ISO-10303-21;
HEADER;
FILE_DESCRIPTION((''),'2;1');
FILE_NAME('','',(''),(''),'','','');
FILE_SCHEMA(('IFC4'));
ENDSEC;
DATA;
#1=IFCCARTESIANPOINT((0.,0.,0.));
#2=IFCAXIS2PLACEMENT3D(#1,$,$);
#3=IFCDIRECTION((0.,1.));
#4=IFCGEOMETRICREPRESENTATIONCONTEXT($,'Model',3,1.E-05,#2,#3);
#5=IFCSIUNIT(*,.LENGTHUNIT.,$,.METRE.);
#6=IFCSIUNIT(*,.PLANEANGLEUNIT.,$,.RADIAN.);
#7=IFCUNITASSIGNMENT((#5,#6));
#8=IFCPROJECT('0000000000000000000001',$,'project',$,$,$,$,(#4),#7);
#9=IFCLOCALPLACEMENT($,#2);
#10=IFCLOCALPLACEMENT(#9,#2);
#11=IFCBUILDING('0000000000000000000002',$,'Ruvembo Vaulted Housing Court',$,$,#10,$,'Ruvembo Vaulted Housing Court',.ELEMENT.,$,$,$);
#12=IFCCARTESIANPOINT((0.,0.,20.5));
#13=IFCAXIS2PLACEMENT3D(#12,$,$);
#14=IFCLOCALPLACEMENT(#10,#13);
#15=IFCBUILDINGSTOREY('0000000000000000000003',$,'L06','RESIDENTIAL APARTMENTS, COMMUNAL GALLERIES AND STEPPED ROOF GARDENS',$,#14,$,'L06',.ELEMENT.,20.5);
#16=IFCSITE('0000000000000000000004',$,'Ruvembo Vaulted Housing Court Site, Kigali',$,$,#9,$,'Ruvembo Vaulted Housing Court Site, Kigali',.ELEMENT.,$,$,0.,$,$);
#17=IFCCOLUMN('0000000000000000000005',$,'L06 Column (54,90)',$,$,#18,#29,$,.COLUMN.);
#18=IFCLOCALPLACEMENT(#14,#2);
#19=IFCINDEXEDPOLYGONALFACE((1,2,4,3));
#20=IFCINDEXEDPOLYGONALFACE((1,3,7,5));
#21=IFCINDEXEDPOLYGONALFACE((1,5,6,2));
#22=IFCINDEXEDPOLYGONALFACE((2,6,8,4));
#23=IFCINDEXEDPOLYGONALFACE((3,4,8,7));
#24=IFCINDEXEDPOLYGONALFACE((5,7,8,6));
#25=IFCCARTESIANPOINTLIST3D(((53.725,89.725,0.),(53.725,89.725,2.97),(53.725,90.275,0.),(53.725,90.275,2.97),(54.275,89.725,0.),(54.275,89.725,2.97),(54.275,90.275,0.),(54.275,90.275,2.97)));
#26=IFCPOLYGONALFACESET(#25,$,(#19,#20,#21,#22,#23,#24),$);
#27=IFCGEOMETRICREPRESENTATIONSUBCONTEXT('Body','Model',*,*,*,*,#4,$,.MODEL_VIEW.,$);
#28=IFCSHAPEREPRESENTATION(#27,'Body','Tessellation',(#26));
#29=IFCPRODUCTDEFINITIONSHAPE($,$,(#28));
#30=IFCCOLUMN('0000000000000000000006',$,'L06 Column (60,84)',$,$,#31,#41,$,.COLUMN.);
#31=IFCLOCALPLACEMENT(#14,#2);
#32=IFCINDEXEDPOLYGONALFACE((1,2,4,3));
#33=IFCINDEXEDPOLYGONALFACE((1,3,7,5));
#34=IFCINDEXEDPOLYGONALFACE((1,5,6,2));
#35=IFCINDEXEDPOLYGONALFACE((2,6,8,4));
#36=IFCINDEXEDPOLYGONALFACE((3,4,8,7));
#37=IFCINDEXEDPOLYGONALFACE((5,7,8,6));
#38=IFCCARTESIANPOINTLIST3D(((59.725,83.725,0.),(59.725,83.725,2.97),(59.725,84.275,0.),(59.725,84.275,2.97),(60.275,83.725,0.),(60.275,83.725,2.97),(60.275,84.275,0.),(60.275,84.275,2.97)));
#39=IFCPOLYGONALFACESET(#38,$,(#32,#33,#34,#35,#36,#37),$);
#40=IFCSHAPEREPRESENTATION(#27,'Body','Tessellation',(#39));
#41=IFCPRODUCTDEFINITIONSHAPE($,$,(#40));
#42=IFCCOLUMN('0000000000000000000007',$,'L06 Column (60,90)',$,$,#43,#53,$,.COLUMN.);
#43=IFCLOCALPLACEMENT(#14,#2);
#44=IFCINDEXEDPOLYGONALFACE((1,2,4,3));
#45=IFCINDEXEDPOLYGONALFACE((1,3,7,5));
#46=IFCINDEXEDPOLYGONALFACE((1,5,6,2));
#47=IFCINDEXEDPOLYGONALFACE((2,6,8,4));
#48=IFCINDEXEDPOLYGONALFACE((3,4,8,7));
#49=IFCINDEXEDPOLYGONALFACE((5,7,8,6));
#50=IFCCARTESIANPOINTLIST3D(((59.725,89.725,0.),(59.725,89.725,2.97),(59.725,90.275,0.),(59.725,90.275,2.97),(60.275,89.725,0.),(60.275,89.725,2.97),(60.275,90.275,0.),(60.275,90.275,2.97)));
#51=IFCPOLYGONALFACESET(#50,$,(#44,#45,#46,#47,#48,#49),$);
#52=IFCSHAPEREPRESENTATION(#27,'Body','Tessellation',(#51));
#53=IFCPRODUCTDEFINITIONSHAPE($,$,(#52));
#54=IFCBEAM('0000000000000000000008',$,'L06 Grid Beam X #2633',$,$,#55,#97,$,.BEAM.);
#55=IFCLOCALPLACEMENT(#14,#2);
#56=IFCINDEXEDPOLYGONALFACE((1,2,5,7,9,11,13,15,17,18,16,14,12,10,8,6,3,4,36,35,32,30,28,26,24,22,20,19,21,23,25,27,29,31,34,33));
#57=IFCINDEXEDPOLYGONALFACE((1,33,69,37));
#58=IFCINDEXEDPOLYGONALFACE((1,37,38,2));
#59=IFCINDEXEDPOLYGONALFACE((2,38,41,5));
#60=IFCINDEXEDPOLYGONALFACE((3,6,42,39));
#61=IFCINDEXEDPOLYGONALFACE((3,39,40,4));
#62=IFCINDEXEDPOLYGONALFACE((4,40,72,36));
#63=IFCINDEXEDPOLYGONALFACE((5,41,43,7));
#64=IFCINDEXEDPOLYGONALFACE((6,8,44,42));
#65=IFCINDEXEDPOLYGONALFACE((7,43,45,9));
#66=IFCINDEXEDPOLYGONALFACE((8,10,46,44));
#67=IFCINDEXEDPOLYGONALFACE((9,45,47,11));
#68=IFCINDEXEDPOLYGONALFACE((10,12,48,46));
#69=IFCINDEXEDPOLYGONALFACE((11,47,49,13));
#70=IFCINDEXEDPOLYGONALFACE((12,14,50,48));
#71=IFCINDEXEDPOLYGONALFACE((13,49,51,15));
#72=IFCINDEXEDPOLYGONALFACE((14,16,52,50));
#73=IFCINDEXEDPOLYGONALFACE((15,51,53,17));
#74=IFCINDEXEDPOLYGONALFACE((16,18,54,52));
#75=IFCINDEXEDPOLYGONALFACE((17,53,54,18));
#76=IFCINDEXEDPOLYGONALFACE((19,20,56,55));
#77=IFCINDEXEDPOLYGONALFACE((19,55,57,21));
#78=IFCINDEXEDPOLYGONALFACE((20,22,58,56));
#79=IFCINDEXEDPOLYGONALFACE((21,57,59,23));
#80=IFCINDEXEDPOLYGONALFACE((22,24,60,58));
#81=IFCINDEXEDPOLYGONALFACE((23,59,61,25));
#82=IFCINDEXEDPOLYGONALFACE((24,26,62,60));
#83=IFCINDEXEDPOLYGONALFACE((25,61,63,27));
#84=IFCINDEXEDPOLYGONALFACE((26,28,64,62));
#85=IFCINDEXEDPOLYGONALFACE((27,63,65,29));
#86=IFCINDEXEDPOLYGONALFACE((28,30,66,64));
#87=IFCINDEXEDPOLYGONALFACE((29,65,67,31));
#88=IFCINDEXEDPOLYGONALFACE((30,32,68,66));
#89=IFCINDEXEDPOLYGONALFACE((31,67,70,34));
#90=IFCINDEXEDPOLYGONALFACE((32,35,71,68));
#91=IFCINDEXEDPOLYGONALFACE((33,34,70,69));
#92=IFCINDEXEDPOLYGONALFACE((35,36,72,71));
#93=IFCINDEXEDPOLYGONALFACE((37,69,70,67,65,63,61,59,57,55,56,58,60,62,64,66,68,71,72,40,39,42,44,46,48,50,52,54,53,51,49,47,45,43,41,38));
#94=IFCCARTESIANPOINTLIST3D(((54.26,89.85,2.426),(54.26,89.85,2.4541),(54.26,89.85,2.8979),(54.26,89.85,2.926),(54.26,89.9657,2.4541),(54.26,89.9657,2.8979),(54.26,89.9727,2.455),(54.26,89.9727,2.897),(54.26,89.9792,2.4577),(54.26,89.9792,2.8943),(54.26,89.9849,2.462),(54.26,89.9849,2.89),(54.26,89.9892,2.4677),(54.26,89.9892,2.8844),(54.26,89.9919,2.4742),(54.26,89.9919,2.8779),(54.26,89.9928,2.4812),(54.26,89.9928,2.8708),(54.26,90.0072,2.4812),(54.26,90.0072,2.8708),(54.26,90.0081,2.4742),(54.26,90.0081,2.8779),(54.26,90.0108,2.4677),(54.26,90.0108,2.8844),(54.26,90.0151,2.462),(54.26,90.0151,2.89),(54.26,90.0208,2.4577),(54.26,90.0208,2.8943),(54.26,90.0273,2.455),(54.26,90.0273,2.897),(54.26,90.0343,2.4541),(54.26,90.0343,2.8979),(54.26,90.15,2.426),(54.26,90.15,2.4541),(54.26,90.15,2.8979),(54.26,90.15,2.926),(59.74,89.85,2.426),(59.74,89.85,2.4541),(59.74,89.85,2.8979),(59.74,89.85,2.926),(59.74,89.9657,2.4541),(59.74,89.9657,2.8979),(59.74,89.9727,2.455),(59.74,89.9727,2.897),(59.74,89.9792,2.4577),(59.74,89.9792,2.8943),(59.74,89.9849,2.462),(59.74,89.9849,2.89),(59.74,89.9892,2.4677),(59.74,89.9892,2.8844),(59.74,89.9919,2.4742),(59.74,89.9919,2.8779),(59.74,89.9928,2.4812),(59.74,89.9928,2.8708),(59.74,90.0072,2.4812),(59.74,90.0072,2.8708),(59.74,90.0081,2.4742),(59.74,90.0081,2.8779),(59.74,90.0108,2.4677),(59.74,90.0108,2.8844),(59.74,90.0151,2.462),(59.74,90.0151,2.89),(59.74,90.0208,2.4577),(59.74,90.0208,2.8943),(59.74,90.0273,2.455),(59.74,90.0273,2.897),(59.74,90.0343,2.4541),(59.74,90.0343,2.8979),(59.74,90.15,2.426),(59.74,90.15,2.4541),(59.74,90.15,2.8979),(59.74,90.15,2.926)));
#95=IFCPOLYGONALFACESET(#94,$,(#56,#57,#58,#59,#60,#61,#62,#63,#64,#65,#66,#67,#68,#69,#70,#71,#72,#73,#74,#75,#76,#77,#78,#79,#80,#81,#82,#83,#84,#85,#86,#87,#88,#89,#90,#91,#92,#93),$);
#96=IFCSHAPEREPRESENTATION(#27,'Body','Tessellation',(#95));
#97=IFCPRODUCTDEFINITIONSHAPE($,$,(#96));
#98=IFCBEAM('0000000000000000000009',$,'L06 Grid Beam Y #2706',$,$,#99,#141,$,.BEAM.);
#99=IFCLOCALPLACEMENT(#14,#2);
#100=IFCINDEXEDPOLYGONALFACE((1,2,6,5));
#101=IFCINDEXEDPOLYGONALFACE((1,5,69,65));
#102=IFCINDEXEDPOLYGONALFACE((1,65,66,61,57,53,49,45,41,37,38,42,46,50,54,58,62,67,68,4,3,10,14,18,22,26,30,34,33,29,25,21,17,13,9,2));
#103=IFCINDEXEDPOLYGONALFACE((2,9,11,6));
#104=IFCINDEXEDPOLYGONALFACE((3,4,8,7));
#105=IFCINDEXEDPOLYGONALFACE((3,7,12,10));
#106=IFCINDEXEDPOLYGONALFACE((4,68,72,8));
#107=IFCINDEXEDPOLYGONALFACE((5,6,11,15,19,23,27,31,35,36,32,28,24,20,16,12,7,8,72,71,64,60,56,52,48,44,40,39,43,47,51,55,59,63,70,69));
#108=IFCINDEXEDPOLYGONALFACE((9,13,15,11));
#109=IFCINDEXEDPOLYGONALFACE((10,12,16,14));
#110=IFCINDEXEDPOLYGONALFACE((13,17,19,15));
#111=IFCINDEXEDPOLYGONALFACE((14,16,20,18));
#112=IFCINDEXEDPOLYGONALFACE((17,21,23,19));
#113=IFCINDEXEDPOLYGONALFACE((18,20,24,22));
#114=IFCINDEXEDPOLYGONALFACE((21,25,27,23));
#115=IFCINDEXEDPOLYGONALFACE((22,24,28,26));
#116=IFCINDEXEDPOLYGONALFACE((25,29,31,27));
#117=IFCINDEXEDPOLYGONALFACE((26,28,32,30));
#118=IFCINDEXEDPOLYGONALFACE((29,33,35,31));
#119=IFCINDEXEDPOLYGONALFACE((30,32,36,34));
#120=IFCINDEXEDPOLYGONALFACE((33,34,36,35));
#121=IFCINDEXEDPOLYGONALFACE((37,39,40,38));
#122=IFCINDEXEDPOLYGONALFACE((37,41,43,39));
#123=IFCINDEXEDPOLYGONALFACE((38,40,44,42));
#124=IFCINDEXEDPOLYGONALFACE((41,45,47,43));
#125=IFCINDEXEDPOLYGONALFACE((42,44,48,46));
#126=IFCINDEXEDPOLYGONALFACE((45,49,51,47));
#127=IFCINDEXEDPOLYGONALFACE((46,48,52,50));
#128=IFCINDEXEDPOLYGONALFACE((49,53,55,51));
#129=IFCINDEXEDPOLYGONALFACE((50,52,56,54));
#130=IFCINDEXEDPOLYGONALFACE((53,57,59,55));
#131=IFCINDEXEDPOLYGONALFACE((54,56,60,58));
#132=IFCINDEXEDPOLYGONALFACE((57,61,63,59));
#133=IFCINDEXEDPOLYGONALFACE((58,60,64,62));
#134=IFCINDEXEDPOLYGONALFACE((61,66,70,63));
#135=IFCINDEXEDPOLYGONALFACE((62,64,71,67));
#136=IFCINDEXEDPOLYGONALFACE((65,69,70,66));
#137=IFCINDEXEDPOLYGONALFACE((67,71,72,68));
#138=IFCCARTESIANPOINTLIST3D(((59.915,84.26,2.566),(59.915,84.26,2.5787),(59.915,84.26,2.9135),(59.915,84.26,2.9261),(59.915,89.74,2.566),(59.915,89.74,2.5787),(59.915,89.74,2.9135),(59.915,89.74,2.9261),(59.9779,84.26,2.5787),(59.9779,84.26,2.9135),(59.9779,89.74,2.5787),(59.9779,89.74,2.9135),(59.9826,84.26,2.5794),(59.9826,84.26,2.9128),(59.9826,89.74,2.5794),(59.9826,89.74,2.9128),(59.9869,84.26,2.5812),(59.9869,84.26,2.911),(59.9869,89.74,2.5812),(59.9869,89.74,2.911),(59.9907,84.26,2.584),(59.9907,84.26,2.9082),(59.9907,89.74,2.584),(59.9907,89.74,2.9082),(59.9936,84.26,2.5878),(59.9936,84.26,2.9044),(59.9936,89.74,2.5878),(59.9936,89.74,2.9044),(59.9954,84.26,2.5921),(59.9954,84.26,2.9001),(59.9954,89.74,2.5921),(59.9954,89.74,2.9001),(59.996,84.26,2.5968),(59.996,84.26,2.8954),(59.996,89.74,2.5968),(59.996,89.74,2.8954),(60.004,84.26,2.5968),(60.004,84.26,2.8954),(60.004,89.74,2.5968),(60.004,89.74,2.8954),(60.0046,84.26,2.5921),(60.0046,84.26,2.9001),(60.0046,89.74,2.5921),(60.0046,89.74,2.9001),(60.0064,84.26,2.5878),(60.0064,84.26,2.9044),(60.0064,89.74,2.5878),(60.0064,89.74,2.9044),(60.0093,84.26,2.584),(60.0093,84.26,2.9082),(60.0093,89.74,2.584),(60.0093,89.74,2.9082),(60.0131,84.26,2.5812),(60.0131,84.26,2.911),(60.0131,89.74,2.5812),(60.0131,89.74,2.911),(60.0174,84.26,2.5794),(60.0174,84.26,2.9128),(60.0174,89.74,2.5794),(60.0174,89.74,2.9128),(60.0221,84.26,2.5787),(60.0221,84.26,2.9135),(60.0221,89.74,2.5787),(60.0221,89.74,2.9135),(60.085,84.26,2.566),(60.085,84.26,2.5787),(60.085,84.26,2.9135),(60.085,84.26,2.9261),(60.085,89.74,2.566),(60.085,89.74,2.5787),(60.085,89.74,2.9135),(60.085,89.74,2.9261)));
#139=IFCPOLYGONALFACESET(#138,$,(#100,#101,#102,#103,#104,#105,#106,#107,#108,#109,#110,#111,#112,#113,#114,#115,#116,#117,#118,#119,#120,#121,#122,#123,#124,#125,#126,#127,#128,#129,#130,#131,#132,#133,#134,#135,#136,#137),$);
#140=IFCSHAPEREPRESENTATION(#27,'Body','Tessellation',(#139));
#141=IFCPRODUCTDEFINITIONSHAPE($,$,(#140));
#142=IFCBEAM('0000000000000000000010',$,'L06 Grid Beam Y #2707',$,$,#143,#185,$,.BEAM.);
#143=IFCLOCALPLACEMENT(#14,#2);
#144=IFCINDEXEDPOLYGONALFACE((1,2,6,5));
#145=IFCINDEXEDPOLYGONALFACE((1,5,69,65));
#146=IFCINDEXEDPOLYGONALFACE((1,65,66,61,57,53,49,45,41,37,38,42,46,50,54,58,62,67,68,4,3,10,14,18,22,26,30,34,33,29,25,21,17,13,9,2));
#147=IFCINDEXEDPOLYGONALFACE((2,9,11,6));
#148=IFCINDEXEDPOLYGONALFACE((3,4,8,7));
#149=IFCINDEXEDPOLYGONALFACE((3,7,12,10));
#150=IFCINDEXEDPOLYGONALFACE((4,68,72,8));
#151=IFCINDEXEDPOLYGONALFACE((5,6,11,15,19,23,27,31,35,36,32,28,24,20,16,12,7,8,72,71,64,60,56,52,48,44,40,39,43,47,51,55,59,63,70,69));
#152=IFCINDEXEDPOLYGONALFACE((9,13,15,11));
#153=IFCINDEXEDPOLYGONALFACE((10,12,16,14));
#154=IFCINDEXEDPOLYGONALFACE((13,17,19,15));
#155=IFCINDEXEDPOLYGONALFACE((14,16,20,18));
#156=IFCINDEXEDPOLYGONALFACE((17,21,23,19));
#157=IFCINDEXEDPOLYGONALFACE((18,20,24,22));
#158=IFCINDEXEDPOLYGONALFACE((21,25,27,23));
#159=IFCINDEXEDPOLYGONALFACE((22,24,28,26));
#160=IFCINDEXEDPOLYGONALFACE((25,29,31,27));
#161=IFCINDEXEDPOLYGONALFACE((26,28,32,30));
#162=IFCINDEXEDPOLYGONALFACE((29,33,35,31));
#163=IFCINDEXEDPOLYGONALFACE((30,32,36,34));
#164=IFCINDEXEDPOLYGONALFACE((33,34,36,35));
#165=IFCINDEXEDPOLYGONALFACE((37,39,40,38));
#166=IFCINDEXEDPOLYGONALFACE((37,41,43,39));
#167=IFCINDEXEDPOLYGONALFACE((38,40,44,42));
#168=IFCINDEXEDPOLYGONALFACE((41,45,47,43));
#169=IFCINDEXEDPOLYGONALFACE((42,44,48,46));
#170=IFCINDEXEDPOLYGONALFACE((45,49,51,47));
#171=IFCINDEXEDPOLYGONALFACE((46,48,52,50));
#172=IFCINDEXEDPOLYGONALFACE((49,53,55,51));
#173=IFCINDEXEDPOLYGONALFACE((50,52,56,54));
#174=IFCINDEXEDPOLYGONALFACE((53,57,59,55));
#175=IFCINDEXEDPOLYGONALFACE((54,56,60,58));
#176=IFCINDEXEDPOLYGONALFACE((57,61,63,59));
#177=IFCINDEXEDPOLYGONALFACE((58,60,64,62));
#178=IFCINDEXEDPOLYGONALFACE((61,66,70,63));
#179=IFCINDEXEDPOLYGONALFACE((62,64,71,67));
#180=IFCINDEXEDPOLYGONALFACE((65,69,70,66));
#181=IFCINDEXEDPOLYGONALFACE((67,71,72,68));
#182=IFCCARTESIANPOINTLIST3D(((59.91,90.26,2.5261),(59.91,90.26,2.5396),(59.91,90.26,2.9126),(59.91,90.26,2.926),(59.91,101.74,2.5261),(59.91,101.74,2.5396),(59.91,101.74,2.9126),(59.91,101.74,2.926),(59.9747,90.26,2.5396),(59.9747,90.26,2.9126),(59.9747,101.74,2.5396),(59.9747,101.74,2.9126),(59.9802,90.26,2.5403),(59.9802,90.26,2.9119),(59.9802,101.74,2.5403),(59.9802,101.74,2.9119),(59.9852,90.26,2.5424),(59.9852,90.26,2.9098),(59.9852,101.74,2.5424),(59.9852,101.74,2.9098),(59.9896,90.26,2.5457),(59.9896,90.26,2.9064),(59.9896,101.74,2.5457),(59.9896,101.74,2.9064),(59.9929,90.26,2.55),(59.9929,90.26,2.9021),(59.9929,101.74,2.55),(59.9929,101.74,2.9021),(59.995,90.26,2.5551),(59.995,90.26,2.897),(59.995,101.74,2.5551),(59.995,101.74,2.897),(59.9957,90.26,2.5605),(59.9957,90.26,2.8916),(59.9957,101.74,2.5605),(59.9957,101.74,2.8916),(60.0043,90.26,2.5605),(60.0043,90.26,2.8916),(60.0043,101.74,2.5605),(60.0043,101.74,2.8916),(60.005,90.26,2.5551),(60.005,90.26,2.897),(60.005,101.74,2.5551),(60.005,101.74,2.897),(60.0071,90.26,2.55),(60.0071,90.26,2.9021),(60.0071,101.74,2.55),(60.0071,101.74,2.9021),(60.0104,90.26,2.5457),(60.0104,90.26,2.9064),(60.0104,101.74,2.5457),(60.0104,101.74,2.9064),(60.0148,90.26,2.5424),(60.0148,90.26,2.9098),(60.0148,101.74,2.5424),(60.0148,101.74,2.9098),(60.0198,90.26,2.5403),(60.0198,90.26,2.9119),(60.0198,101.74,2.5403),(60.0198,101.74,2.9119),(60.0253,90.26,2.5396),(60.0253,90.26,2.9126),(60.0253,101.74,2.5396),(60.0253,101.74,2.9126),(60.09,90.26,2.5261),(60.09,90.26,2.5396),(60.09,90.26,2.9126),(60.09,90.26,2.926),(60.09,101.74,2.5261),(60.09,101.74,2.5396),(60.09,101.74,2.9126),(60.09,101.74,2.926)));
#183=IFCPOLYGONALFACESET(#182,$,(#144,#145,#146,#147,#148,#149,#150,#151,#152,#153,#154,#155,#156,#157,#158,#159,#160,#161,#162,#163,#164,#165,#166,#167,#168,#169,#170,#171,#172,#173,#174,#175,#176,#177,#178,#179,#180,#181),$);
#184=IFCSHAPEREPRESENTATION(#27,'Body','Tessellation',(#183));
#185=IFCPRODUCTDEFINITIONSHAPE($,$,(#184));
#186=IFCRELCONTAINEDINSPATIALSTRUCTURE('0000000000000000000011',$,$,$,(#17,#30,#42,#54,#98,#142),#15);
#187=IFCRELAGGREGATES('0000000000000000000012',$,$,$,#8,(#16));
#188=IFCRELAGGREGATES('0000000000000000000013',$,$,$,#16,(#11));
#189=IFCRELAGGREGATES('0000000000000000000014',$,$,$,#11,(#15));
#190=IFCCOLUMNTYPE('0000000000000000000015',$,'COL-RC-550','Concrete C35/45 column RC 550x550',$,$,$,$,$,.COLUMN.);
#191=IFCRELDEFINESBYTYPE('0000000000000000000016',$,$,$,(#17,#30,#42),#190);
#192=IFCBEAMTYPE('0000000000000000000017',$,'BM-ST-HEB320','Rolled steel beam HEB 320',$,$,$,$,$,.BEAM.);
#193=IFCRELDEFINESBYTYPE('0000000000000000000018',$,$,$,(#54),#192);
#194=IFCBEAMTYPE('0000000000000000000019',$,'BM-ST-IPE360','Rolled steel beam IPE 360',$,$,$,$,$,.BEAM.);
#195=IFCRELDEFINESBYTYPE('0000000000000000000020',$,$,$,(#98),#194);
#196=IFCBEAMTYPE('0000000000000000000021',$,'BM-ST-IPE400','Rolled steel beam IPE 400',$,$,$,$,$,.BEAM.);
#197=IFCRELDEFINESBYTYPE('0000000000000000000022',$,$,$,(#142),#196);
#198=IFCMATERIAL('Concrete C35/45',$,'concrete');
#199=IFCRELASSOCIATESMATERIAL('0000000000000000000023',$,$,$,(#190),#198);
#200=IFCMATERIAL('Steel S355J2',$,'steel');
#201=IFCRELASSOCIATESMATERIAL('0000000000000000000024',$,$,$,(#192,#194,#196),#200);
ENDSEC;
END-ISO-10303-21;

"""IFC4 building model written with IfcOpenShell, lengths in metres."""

from ifc_helpers import new_model, si_unit, direction, frame, origin, origin_2d, place, context, subcontext, project, spatial, rectangle, i_section, extrude, material, material_profile, profile_set, type_object, element, save


model = new_model("IFC4")

# Units and contexts
model_context = context("Model", 3, precision=1e-05, world=origin(), true_north=direction((0.0, 1.0)))
body_context = subcontext(model_context, "Body", "Model", "MODEL_VIEW")
ifc_project = project(units=[si_unit("LENGTHUNIT", "METRE"), si_unit("PLANEANGLEUNIT", "RADIAN")], contexts=[model_context])

# Site, building, storey
site_placement = place(None, origin())
site = spatial("IfcSite", under=ifc_project, at=site_placement, Name="Ruvembo Vaulted Housing Court Site, Kigali", LongName="Ruvembo Vaulted Housing Court Site, Kigali", CompositionType="ELEMENT", RefElevation=0.0)
building_placement = place(site_placement, origin())
building = spatial("IfcBuilding", under=site, at=building_placement, Name="Ruvembo Vaulted Housing Court", LongName="Ruvembo Vaulted Housing Court", CompositionType="ELEMENT")
storey_placement = place(building_placement, frame((0.0, 0.0, 20.5)))
storey = spatial("IfcBuildingStorey", under=building, at=storey_placement, Name="L06", Description="RESIDENTIAL APARTMENTS, COMMUNAL GALLERIES AND STEPPED ROOF GARDENS", LongName="L06", CompositionType="ELEMENT", Elevation=20.5)

# Columns
ifc_material_1 = material(Name="Concrete C35/45", Category="concrete")
ifc_material_profile_1 = material_profile(ifc_material_1, rectangle(XDim=0.55, YDim=0.55, at=origin_2d()), Name="RC 550x550")
ifc_profile_set_1 = profile_set([ifc_material_profile_1], Name="Concrete C35/45")
column_type = type_object("IfcColumnType", Name="COL-RC-550", Description="Concrete C35/45 column RC 550x550", PredefinedType="COLUMN", material=ifc_profile_set_1)
for number, where, z_axis, x_axis, name in (
    (1, (54.0, 90.0, 0.0), (0.0, 0.0, 1.0), (1.0, 0.0, 0.0), "L06 Column (54,90)"),
    (2, (60.0, 84.0, 0.0), (0.0, 0.0, 1.0), (1.0, 0.0, 0.0), "L06 Column (60,84)"),
    (3, (60.0, 90.0, 0.0), (0.0, 0.0, 1.0), (1.0, 0.0, 0.0), "L06 Column (60,90)"),
):
    element("IfcColumn", number, at=place(storey_placement, frame(where, z_axis=z_axis, x_axis=x_axis)), inside=storey, type_object=column_type, Name=name, PredefinedType="COLUMN", context=body_context, shape_type="SweptSolid", body=[
        extrude(rectangle(XDim=0.55, YDim=0.55, at=origin_2d()), origin(), (0.0, 0.0, 1.0), 2.97),
    ])

# Beams
ifc_material_2 = material(Name="Steel S355J2", Category="steel")
ifc_material_profile_2 = material_profile(ifc_material_2, i_section(OverallWidth=0.3, OverallDepth=0.5, WebThickness=0.0144, FlangeThickness=0.0281, FilletRadius=0.0271, at=origin_2d()), Name="HEB 320")
ifc_profile_set_2 = profile_set([ifc_material_profile_2], Name="Steel S355J2")
beam_type_1 = type_object("IfcBeamType", Name="BM-ST-HEB320", Description="Rolled steel beam HEB 320", PredefinedType="BEAM", material=ifc_profile_set_2)
beam_1_placement = place(storey_placement, frame((54.26, 90.0, 2.676), z_axis=(1.0, 0.0, 0.0), x_axis=(0.0, 1.0, 0.0)))
element("IfcBeam", 4, at=beam_1_placement, inside=storey, type_object=beam_type_1, Name="L06 Grid Beam X #2633", PredefinedType="BEAM", context=body_context, shape_type="SweptSolid", body=[
    extrude(i_section(OverallWidth=0.3, OverallDepth=0.5, WebThickness=0.0144, FlangeThickness=0.0281, FilletRadius=0.0271, at=origin_2d()), origin(), (0.0, 0.0, 1.0), 5.48),
])
ifc_material_profile_3 = material_profile(ifc_material_2, i_section(OverallWidth=0.1699, OverallDepth=0.3601, WebThickness=0.0081, FlangeThickness=0.0127, FilletRadius=0.0181, at=origin_2d()), Name="IPE 360")
ifc_profile_set_3 = profile_set([ifc_material_profile_3], Name="Steel S355J2")
beam_type_2 = type_object("IfcBeamType", Name="BM-ST-IPE360", Description="Rolled steel beam IPE 360", PredefinedType="BEAM", material=ifc_profile_set_3)
beam_2_placement = place(storey_placement, frame((60.0, 84.26, 2.7461), z_axis=(0.0, 1.0, 0.0), x_axis=(-1.0, 0.0, 0.0)))
element("IfcBeam", 5, at=beam_2_placement, inside=storey, type_object=beam_type_2, Name="L06 Grid Beam Y #2706", PredefinedType="BEAM", context=body_context, shape_type="SweptSolid", body=[
    extrude(i_section(OverallWidth=0.1699, OverallDepth=0.3601, WebThickness=0.0081, FlangeThickness=0.0127, FilletRadius=0.0181, at=origin_2d()), origin(), (0.0, 0.0, 1.0), 5.48),
])
ifc_material_profile_4 = material_profile(ifc_material_2, i_section(OverallWidth=0.1799, OverallDepth=0.3999, WebThickness=0.0085, FlangeThickness=0.0134, FilletRadius=0.021, at=origin_2d()), Name="IPE 400")
ifc_profile_set_4 = profile_set([ifc_material_profile_4], Name="Steel S355J2")
beam_type_3 = type_object("IfcBeamType", Name="BM-ST-IPE400", Description="Rolled steel beam IPE 400", PredefinedType="BEAM", material=ifc_profile_set_4)
beam_3_placement = place(storey_placement, frame((60.0, 90.26, 2.7261), z_axis=(0.0, 1.0, 0.0), x_axis=(-1.0, 0.0, 0.0)))
element("IfcBeam", 6, at=beam_3_placement, inside=storey, type_object=beam_type_3, Name="L06 Grid Beam Y #2707", PredefinedType="BEAM", context=body_context, shape_type="SweptSolid", body=[
    extrude(i_section(OverallWidth=0.1799, OverallDepth=0.3999, WebThickness=0.0085, FlangeThickness=0.0134, FilletRadius=0.021, at=origin_2d()), origin(), (0.0, 0.0, 1.0), 11.48),
])

save(model, "model.ifc")
